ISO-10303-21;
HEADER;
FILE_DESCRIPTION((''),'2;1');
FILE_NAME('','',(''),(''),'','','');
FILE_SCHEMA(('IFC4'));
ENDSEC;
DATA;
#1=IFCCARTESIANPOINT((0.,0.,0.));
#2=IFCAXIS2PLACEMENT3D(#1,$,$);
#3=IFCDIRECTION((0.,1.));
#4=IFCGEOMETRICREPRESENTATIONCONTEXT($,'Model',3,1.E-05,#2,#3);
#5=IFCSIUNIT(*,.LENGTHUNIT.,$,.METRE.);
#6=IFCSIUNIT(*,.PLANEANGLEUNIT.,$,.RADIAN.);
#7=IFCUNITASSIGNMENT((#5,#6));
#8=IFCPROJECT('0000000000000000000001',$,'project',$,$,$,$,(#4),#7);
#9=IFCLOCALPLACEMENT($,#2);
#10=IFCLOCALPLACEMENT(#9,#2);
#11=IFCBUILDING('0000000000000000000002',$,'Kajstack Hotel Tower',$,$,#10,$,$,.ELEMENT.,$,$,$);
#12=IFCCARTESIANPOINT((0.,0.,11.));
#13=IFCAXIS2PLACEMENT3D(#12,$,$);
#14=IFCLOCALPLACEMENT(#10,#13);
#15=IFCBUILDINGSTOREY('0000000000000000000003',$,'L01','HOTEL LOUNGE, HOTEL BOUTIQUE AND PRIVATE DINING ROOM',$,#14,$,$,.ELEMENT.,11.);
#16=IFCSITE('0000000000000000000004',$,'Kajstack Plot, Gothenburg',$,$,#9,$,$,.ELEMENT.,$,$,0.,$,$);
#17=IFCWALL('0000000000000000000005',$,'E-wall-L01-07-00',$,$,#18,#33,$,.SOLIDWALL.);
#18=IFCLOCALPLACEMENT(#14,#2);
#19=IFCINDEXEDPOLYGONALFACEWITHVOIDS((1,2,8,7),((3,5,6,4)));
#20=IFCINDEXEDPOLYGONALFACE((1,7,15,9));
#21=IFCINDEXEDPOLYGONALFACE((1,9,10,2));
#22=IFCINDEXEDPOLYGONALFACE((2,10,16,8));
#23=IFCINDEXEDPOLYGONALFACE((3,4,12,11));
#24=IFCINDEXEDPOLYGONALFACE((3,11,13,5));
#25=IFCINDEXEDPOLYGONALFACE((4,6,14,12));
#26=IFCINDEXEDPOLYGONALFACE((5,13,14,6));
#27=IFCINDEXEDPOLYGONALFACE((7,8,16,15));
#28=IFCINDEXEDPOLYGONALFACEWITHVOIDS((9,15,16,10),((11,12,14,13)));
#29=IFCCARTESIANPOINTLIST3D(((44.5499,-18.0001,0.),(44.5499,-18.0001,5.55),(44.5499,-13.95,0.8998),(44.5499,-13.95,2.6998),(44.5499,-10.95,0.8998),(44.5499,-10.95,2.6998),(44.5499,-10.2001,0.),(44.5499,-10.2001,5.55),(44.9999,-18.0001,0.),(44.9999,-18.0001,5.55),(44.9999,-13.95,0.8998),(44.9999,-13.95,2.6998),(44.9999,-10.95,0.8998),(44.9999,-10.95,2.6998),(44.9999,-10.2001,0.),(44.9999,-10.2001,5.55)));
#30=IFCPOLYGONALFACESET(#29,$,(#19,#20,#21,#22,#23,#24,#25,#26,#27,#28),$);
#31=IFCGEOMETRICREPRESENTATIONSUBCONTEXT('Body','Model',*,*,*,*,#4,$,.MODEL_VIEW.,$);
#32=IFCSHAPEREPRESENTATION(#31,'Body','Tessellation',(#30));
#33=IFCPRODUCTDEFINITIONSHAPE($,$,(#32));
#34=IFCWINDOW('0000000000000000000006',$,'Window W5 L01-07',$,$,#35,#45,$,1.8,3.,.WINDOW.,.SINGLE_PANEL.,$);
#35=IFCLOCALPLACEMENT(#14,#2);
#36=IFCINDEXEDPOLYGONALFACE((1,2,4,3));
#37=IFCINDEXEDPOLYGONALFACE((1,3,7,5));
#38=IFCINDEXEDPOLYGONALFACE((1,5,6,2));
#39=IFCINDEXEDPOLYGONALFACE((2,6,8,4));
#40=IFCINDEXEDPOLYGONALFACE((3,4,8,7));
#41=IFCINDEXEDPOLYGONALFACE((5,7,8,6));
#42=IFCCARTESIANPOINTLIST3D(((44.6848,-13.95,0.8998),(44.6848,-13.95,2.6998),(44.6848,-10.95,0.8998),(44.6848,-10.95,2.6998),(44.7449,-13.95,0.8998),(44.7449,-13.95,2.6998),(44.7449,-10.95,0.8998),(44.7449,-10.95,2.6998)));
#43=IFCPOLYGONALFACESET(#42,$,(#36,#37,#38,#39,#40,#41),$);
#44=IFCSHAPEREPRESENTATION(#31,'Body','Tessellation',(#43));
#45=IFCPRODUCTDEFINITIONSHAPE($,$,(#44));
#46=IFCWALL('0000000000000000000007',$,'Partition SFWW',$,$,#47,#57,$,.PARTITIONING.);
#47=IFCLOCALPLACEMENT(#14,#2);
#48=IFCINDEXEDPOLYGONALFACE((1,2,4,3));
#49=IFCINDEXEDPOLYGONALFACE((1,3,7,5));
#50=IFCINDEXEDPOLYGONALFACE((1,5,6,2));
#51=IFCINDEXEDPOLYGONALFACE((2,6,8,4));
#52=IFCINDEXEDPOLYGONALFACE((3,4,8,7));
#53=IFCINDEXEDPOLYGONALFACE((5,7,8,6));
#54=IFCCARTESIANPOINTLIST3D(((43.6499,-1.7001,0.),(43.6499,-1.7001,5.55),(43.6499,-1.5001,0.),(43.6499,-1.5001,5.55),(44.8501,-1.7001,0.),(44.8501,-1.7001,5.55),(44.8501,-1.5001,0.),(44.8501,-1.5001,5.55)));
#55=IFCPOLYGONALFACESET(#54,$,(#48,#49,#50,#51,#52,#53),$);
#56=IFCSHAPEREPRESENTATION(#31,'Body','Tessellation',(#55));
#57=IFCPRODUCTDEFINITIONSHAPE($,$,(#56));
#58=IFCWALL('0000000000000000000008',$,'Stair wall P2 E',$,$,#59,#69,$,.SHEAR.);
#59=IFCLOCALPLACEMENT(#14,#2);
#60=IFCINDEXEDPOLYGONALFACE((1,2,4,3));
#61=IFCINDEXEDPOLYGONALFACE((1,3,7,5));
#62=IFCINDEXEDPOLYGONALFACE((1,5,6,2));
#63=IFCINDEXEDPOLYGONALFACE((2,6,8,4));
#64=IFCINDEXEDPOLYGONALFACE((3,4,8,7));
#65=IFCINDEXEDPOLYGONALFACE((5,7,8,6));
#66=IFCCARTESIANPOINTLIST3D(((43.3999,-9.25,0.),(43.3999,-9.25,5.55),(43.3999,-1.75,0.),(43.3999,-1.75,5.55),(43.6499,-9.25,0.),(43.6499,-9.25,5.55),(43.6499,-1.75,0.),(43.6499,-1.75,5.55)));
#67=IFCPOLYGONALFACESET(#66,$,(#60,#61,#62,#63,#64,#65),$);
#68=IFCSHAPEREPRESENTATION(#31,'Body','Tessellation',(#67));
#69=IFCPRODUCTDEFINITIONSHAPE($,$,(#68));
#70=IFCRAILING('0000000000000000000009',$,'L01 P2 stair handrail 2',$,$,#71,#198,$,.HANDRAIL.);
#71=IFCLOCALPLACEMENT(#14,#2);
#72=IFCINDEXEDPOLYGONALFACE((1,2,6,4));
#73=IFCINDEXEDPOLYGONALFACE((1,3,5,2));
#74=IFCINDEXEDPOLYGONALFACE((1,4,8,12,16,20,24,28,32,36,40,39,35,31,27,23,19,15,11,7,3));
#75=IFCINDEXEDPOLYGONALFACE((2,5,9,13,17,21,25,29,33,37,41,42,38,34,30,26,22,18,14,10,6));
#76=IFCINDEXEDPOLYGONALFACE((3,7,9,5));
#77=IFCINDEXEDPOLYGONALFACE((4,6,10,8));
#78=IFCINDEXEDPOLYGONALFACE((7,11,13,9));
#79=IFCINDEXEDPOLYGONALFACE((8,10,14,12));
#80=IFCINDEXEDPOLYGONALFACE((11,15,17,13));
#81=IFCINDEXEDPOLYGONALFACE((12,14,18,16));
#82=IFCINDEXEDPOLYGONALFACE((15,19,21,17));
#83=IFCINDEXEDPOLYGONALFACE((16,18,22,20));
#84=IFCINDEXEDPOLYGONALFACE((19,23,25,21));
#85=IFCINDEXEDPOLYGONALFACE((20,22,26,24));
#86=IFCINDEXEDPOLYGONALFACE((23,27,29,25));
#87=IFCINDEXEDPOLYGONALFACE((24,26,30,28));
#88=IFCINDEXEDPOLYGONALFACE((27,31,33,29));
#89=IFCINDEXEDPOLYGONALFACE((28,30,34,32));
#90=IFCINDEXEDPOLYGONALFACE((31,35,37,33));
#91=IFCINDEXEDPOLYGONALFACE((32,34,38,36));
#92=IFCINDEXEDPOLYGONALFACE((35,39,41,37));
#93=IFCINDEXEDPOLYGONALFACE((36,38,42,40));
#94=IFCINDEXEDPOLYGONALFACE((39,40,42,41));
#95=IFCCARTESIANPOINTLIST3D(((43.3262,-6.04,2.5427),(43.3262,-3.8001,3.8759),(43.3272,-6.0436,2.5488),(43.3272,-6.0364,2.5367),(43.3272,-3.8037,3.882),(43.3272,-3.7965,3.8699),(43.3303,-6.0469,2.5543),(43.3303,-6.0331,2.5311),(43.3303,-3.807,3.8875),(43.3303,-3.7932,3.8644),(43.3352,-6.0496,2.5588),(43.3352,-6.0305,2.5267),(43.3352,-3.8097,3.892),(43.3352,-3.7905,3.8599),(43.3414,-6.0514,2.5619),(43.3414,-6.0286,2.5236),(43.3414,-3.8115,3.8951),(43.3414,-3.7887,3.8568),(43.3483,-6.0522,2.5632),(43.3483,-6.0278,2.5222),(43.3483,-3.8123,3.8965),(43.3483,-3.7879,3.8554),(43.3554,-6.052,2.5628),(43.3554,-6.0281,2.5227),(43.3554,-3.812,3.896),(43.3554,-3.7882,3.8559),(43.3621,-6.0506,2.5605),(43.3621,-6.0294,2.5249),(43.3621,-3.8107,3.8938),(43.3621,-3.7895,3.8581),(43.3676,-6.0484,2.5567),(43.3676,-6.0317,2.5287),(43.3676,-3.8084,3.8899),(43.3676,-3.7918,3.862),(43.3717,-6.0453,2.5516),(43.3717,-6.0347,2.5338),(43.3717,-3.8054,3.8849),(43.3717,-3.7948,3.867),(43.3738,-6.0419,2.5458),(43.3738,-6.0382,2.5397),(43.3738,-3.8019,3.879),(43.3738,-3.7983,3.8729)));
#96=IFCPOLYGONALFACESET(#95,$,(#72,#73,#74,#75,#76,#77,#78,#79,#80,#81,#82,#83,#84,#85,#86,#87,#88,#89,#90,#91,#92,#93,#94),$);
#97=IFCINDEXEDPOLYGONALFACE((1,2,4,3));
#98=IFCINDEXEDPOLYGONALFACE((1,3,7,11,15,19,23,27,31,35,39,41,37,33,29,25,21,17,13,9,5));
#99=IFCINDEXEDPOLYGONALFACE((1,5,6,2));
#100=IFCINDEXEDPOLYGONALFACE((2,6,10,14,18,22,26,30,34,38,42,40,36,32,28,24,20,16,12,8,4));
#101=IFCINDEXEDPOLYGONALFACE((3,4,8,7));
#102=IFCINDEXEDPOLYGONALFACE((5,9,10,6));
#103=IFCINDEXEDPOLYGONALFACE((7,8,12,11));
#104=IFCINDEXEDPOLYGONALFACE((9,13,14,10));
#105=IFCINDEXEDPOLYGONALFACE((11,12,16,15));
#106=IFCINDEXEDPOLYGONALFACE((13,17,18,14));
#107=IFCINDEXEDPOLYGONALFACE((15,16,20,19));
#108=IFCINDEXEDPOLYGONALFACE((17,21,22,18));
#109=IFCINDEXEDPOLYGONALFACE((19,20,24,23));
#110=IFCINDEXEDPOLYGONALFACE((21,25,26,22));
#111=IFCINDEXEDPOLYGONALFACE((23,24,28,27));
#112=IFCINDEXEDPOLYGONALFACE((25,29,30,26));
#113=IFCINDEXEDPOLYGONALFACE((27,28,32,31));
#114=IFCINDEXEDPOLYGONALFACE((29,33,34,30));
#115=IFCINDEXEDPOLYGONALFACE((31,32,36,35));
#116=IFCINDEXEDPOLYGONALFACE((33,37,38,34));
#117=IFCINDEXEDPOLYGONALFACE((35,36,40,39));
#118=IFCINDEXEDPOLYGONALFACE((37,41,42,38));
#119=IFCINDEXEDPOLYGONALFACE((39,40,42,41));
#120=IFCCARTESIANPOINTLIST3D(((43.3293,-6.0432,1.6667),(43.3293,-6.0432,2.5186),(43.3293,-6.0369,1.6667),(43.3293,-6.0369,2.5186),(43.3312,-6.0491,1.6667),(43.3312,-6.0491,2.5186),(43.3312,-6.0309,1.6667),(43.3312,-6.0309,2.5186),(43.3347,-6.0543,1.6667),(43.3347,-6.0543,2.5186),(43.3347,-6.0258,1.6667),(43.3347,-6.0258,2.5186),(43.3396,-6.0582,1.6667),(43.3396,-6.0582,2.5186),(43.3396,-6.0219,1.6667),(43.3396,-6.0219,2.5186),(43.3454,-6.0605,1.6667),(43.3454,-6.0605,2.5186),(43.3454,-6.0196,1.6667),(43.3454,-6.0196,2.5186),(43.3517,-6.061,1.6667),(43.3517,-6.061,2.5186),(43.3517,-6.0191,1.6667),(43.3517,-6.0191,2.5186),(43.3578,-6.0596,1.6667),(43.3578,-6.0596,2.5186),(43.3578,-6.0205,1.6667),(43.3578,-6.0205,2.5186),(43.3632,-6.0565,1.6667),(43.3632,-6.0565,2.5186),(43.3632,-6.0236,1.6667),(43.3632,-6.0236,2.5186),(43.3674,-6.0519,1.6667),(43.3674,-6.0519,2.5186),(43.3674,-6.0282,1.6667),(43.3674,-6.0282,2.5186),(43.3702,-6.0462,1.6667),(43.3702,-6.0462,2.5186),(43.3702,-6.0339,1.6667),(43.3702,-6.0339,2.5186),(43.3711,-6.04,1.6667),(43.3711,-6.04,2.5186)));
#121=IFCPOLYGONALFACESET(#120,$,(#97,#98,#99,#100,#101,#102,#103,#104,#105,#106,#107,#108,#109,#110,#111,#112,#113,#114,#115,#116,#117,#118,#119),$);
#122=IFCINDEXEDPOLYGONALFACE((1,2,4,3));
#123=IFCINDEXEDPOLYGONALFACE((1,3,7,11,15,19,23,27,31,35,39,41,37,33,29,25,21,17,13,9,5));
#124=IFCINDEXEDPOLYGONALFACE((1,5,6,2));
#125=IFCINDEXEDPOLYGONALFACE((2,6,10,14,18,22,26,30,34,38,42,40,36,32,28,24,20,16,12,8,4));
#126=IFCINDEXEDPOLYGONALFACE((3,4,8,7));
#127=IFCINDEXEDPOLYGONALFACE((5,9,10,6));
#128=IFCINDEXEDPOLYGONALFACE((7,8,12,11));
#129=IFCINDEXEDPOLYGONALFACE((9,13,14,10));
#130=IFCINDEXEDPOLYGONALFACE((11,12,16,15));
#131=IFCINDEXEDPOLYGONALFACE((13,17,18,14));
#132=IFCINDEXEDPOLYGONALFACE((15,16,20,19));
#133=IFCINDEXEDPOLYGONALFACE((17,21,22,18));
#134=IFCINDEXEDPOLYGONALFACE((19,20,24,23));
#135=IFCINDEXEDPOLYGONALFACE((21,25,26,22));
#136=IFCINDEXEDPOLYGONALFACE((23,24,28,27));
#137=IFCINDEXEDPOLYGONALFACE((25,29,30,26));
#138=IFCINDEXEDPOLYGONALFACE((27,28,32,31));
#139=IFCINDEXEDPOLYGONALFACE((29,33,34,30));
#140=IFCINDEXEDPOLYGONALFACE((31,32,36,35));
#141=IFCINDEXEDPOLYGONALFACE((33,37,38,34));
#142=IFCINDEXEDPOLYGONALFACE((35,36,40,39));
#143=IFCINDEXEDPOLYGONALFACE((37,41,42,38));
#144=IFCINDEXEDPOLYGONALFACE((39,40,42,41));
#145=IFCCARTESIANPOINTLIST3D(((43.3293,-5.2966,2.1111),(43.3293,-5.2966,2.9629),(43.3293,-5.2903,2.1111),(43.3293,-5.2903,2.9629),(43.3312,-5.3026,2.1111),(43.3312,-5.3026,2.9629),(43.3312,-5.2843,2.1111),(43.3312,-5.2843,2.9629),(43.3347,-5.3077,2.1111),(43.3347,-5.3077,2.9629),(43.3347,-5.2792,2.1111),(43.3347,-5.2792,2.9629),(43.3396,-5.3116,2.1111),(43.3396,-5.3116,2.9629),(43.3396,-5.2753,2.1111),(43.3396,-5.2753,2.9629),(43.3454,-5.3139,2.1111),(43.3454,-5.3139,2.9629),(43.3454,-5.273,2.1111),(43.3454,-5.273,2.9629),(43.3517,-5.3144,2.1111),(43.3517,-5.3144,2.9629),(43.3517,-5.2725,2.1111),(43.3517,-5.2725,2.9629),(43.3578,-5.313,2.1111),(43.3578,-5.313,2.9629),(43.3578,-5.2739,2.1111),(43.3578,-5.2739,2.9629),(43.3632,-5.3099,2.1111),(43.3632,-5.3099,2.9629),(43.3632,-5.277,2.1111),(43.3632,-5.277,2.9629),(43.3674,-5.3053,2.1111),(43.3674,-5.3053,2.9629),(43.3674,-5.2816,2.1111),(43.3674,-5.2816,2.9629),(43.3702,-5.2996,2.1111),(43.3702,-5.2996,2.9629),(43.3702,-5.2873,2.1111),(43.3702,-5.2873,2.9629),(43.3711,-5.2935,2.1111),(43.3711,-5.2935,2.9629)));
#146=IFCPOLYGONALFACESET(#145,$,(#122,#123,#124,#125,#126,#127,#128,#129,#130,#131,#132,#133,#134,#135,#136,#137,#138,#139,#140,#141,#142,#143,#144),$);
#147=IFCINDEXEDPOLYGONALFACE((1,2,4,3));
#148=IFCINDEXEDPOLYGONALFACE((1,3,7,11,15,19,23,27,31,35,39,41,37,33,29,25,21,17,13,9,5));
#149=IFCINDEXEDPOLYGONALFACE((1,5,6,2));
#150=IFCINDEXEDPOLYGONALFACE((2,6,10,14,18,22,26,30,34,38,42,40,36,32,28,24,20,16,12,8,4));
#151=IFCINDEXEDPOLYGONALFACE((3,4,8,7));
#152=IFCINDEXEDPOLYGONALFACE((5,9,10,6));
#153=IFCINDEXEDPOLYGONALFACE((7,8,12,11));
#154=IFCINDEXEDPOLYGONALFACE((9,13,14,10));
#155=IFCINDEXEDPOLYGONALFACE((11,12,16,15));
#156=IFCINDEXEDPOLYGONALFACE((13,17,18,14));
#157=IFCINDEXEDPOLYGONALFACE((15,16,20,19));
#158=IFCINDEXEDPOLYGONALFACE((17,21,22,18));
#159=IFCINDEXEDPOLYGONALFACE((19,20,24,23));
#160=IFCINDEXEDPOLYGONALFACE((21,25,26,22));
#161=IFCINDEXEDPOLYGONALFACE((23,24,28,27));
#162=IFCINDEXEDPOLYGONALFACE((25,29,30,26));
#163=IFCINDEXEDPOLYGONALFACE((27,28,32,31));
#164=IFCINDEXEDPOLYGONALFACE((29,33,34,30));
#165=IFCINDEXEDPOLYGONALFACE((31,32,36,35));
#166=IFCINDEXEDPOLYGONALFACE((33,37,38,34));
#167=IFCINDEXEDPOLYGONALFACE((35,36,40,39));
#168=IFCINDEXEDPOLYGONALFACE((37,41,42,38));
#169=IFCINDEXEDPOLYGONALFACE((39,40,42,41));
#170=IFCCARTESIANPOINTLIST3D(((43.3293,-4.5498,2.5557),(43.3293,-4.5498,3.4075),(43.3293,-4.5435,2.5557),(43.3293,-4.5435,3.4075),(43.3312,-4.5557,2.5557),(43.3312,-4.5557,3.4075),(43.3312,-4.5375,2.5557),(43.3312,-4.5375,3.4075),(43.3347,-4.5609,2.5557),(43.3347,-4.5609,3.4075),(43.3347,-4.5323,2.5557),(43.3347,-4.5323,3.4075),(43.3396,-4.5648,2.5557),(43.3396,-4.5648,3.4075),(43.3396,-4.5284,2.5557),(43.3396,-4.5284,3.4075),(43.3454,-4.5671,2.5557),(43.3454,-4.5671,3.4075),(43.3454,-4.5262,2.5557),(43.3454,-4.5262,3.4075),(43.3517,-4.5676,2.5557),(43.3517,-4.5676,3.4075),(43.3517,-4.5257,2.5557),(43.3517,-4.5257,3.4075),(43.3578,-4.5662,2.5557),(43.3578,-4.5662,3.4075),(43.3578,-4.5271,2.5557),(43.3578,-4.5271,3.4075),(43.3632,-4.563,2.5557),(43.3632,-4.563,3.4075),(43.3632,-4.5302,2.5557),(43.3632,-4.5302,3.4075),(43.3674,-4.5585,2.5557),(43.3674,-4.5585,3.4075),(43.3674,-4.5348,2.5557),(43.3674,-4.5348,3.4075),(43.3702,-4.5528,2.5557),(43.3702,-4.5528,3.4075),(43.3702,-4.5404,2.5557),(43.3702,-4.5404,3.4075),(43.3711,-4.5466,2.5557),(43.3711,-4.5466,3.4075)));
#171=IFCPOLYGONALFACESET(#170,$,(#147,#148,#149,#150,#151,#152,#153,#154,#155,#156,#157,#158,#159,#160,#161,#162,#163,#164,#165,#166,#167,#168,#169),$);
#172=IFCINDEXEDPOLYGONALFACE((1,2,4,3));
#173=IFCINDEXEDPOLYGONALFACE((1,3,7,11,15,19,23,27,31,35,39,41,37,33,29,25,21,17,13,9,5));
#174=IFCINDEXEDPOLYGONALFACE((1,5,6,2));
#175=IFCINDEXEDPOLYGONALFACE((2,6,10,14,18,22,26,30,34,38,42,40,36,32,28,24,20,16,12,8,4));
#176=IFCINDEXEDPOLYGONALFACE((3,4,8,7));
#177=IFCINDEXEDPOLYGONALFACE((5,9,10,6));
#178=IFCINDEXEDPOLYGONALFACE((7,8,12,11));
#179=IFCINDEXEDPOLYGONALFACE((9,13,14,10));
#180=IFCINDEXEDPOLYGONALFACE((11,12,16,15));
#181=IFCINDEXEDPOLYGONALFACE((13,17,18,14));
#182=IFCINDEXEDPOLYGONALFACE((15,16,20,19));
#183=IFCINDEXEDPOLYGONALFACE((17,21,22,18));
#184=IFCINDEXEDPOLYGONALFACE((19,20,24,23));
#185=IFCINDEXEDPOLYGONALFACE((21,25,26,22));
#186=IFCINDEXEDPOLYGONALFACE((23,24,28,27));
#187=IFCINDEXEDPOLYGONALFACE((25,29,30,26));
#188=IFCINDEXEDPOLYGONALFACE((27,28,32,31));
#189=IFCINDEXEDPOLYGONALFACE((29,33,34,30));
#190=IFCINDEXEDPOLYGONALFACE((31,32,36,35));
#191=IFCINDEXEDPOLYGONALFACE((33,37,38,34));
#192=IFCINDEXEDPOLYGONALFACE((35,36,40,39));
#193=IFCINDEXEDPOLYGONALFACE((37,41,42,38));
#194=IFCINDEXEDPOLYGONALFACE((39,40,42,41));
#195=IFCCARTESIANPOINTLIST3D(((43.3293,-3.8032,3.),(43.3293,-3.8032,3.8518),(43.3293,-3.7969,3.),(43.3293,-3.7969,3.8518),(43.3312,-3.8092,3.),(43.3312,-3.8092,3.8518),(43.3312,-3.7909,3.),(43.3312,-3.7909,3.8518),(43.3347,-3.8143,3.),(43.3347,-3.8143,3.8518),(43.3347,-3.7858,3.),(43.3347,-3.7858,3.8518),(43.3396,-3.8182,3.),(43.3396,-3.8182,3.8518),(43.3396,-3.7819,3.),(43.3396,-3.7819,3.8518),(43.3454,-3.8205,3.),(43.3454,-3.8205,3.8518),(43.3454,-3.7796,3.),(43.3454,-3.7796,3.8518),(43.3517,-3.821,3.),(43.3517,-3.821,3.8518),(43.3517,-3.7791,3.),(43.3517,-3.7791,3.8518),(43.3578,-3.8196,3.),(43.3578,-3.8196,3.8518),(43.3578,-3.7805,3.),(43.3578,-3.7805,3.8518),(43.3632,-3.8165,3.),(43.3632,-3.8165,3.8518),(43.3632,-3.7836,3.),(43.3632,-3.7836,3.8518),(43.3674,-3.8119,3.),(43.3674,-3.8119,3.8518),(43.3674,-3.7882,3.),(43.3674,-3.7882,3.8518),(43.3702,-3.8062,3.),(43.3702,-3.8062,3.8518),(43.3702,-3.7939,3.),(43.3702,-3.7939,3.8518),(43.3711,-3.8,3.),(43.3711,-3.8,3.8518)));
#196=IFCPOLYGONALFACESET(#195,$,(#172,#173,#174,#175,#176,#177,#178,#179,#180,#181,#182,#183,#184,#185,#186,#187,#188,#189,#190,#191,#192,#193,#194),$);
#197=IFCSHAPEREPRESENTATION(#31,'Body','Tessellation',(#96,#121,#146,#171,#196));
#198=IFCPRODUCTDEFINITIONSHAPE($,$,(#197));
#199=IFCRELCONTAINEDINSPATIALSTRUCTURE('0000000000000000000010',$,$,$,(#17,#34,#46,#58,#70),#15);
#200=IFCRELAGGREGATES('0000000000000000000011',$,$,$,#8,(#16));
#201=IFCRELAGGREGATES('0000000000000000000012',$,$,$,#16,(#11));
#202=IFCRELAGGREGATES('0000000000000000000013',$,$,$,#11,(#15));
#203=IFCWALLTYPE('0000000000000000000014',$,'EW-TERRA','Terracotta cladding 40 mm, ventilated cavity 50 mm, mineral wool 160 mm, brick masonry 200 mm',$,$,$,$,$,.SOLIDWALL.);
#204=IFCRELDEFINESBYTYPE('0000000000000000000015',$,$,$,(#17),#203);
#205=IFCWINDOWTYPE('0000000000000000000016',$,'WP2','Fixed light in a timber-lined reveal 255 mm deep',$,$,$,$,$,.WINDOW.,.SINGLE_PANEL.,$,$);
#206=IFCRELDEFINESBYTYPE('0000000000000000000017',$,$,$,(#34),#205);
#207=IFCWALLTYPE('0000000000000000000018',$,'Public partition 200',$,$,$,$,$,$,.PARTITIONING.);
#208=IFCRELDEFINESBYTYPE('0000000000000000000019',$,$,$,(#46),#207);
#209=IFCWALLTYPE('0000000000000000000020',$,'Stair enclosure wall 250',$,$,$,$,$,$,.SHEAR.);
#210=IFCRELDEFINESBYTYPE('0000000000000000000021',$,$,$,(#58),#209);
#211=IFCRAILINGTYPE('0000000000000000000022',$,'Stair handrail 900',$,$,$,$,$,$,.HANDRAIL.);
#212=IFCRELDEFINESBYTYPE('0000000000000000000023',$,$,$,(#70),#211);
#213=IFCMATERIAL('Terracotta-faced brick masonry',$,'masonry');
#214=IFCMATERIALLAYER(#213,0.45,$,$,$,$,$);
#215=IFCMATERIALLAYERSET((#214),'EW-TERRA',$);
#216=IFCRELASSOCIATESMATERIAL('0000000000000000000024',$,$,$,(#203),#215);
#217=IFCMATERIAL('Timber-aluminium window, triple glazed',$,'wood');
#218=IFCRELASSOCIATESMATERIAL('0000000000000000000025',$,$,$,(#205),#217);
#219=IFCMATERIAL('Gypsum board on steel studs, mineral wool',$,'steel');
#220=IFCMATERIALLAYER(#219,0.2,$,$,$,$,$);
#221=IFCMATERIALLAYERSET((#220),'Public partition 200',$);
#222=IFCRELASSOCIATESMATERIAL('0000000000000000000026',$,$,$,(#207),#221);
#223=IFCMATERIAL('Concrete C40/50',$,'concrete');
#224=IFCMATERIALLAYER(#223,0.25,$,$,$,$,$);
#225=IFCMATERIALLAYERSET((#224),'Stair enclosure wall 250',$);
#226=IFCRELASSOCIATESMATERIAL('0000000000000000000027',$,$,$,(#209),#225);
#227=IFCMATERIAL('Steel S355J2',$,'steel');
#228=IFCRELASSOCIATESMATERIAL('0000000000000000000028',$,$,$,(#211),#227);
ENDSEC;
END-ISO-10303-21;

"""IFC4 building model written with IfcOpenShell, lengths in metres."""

from ifc_helpers import new_model, si_unit, direction, frame, frame_2d, origin, origin_2d, place, context, subcontext, project, spatial, rectangle, circle, extrude, material, layer, layer_set, type_object, element, fill, save


model = new_model("IFC4")

# Units and contexts
model_context = context("Model", 3, precision=1e-05, world=origin(), true_north=direction((0.0, 1.0)))
body_context = subcontext(model_context, "Body", "Model", "MODEL_VIEW")
ifc_project = project(units=[si_unit("LENGTHUNIT", "METRE"), si_unit("PLANEANGLEUNIT", "RADIAN")], contexts=[model_context])

# Site, building, storey
site_placement = place(None, origin())
site = spatial("IfcSite", under=ifc_project, at=site_placement, Name="Kajstack Plot, Gothenburg", CompositionType="ELEMENT", RefElevation=0.0)
building_placement = place(site_placement, origin())
building = spatial("IfcBuilding", under=site, at=building_placement, Name="Kajstack Hotel Tower", CompositionType="ELEMENT")
storey_placement = place(building_placement, frame((0.0, 0.0, 11.0)))
storey = spatial("IfcBuildingStorey", under=building, at=storey_placement, Name="L01", Description="HOTEL LOUNGE, HOTEL BOUTIQUE AND PRIVATE DINING ROOM", CompositionType="ELEMENT", Elevation=11.0)

# Shared definitions
ifc_material_1 = material(Name="Terracotta-faced brick masonry", Category="masonry")
ifc_layer_1 = layer(ifc_material_1, 0.45)
ifc_layer_set_1 = layer_set([ifc_layer_1], Name="EW-TERRA")
wall_type_1 = type_object("IfcWallType", Name="EW-TERRA", Description="Terracotta cladding 40 mm, ventilated cavity 50 mm, mineral wool 160 mm, brick masonry 200 mm", PredefinedType="SOLIDWALL", material=ifc_layer_set_1)

# Wall, opening, window
wall_1_placement = place(storey_placement, frame((44.7749, -18.0, 0.0), z_axis=(0.0, 0.0, 1.0), x_axis=(0.0, 1.0, 0.0)))
wall_1 = element("IfcWall", 1, at=wall_1_placement, inside=storey, type_object=wall_type_1, Name="E-wall-L01-07-00", PredefinedType="SOLIDWALL", context=body_context, shape_type="SweptSolid", body=[
    extrude(rectangle(XDim=7.8, YDim=0.45, at=frame_2d((3.8999, 0.0))), origin(), (0.0, 0.0, 1.0), 5.55),
])
opening_placement = place(wall_1_placement, frame((4.05, 0.0, 0.8999)))
opening = element("IfcOpeningElement", 2, at=opening_placement, cuts=wall_1, PredefinedType="OPENING", context=body_context, shape_type="SweptSolid", body=[
    extrude(rectangle(XDim=3.0, YDim=1.8, at=frame_2d((1.5, 0.8999))), frame((0.0, 0.2349, 0.0), z_axis=(0.0, -1.0, 0.0), x_axis=(1.0, 0.0, 0.0)), (0.0, 0.0, 1.0), 0.47),
])
ifc_material_2 = material(Name="Timber-aluminium window, triple glazed", Category="wood")
window_type = type_object("IfcWindowType", Name="WP2", Description="Fixed light in a timber-lined reveal 255 mm deep", PartitioningType="SINGLE_PANEL", PredefinedType="WINDOW", material=ifc_material_2)
window_placement = place(opening_placement, origin())
window = element("IfcWindow", 3, at=window_placement, inside=storey, type_object=window_type, Name="Window W5 L01-07", OverallHeight=1.8, OverallWidth=3.0, PartitioningType="SINGLE_PANEL", PredefinedType="WINDOW", context=body_context, shape_type="SweptSolid", body=[
    extrude(rectangle(XDim=3.0, YDim=1.8, at=frame_2d((1.5, 0.8999))), frame((0.0, 0.0901, 0.0), z_axis=(0.0, -1.0, 0.0), x_axis=(1.0, 0.0, 0.0)), (0.0, 0.0, 1.0), 0.0601),
])
fill(opening, window)

# Walls
ifc_material_3 = material(Name="Gypsum board on steel studs, mineral wool", Category="steel")
ifc_layer_2 = layer(ifc_material_3, 0.2)
ifc_layer_set_2 = layer_set([ifc_layer_2], Name="Public partition 200")
wall_type_2 = type_object("IfcWallType", Name="Public partition 200", PredefinedType="PARTITIONING", material=ifc_layer_set_2)
wall_2_placement = place(storey_placement, frame((43.6499, -1.6001, 0.0), z_axis=(0.0, 0.0, 1.0), x_axis=(1.0, 0.0, 0.0)))
element("IfcWall", 4, at=wall_2_placement, inside=storey, type_object=wall_type_2, Name="Partition SFWW", PredefinedType="PARTITIONING", context=body_context, shape_type="SweptSolid", body=[
    extrude(rectangle(XDim=1.2002, YDim=0.2, at=frame_2d((0.6001, 0.0))), origin(), (0.0, 0.0, 1.0), 5.55),
])
ifc_material_4 = material(Name="Concrete C40/50", Category="concrete")
ifc_layer_3 = layer(ifc_material_4, 0.25)
ifc_layer_set_3 = layer_set([ifc_layer_3], Name="Stair enclosure wall 250")
wall_type_3 = type_object("IfcWallType", Name="Stair enclosure wall 250", PredefinedType="SHEAR", material=ifc_layer_set_3)
wall_3_placement = place(storey_placement, frame((43.5249, -9.25, 0.0), z_axis=(0.0, 0.0, 1.0), x_axis=(0.0, 1.0, 0.0)))
element("IfcWall", 5, at=wall_3_placement, inside=storey, type_object=wall_type_3, Name="Stair wall P2 E", PredefinedType="SHEAR", context=body_context, shape_type="SweptSolid", body=[
    extrude(rectangle(XDim=7.5, YDim=0.25, at=frame_2d((3.75, 0.0))), origin(), (0.0, 0.0, 1.0), 5.55),
])

# Railing
ifc_material_5 = material(Name="Steel S355J2", Category="steel")
railing_type_1 = type_object("IfcRailingType", Name="Stair handrail 900", PredefinedType="HANDRAIL", material=ifc_material_5)
for number, where, name in (
    (6, (43.3501, -6.04, 1.6667), "L01 P2 stair handrail 2"),
):
    element("IfcRailing", number, at=place(storey_placement, frame(where)), inside=storey, type_object=railing_type_1, Name=name, PredefinedType="HANDRAIL", context=body_context, shape_type="SweptSolid", body=[
        extrude(circle(Radius=0.0239, at=origin_2d()), frame((0.0, 0.0, 0.876), z_axis=(0.0, 0.859306, 0.511462), x_axis=(-1.0, 0.0, 0.0)), (0.0, 0.0, 1.0), 2.6067),
        extrude(circle(Radius=0.021, at=origin_2d()), origin(), (0.0, 0.0, 1.0), 0.8518),
        extrude(circle(Radius=0.021, at=origin_2d()), frame((0.0, 0.7466, 0.4443)), (0.0, 0.0, 1.0), 0.8518),
        extrude(circle(Radius=0.021, at=origin_2d()), frame((0.0, 1.4934, 0.8889)), (0.0, 0.0, 1.0), 0.8518),
        extrude(circle(Radius=0.021, at=origin_2d()), frame((0.0, 2.24, 1.3333)), (0.0, 0.0, 1.0), 0.8518),
    ])

save(model, "model.ifc")
